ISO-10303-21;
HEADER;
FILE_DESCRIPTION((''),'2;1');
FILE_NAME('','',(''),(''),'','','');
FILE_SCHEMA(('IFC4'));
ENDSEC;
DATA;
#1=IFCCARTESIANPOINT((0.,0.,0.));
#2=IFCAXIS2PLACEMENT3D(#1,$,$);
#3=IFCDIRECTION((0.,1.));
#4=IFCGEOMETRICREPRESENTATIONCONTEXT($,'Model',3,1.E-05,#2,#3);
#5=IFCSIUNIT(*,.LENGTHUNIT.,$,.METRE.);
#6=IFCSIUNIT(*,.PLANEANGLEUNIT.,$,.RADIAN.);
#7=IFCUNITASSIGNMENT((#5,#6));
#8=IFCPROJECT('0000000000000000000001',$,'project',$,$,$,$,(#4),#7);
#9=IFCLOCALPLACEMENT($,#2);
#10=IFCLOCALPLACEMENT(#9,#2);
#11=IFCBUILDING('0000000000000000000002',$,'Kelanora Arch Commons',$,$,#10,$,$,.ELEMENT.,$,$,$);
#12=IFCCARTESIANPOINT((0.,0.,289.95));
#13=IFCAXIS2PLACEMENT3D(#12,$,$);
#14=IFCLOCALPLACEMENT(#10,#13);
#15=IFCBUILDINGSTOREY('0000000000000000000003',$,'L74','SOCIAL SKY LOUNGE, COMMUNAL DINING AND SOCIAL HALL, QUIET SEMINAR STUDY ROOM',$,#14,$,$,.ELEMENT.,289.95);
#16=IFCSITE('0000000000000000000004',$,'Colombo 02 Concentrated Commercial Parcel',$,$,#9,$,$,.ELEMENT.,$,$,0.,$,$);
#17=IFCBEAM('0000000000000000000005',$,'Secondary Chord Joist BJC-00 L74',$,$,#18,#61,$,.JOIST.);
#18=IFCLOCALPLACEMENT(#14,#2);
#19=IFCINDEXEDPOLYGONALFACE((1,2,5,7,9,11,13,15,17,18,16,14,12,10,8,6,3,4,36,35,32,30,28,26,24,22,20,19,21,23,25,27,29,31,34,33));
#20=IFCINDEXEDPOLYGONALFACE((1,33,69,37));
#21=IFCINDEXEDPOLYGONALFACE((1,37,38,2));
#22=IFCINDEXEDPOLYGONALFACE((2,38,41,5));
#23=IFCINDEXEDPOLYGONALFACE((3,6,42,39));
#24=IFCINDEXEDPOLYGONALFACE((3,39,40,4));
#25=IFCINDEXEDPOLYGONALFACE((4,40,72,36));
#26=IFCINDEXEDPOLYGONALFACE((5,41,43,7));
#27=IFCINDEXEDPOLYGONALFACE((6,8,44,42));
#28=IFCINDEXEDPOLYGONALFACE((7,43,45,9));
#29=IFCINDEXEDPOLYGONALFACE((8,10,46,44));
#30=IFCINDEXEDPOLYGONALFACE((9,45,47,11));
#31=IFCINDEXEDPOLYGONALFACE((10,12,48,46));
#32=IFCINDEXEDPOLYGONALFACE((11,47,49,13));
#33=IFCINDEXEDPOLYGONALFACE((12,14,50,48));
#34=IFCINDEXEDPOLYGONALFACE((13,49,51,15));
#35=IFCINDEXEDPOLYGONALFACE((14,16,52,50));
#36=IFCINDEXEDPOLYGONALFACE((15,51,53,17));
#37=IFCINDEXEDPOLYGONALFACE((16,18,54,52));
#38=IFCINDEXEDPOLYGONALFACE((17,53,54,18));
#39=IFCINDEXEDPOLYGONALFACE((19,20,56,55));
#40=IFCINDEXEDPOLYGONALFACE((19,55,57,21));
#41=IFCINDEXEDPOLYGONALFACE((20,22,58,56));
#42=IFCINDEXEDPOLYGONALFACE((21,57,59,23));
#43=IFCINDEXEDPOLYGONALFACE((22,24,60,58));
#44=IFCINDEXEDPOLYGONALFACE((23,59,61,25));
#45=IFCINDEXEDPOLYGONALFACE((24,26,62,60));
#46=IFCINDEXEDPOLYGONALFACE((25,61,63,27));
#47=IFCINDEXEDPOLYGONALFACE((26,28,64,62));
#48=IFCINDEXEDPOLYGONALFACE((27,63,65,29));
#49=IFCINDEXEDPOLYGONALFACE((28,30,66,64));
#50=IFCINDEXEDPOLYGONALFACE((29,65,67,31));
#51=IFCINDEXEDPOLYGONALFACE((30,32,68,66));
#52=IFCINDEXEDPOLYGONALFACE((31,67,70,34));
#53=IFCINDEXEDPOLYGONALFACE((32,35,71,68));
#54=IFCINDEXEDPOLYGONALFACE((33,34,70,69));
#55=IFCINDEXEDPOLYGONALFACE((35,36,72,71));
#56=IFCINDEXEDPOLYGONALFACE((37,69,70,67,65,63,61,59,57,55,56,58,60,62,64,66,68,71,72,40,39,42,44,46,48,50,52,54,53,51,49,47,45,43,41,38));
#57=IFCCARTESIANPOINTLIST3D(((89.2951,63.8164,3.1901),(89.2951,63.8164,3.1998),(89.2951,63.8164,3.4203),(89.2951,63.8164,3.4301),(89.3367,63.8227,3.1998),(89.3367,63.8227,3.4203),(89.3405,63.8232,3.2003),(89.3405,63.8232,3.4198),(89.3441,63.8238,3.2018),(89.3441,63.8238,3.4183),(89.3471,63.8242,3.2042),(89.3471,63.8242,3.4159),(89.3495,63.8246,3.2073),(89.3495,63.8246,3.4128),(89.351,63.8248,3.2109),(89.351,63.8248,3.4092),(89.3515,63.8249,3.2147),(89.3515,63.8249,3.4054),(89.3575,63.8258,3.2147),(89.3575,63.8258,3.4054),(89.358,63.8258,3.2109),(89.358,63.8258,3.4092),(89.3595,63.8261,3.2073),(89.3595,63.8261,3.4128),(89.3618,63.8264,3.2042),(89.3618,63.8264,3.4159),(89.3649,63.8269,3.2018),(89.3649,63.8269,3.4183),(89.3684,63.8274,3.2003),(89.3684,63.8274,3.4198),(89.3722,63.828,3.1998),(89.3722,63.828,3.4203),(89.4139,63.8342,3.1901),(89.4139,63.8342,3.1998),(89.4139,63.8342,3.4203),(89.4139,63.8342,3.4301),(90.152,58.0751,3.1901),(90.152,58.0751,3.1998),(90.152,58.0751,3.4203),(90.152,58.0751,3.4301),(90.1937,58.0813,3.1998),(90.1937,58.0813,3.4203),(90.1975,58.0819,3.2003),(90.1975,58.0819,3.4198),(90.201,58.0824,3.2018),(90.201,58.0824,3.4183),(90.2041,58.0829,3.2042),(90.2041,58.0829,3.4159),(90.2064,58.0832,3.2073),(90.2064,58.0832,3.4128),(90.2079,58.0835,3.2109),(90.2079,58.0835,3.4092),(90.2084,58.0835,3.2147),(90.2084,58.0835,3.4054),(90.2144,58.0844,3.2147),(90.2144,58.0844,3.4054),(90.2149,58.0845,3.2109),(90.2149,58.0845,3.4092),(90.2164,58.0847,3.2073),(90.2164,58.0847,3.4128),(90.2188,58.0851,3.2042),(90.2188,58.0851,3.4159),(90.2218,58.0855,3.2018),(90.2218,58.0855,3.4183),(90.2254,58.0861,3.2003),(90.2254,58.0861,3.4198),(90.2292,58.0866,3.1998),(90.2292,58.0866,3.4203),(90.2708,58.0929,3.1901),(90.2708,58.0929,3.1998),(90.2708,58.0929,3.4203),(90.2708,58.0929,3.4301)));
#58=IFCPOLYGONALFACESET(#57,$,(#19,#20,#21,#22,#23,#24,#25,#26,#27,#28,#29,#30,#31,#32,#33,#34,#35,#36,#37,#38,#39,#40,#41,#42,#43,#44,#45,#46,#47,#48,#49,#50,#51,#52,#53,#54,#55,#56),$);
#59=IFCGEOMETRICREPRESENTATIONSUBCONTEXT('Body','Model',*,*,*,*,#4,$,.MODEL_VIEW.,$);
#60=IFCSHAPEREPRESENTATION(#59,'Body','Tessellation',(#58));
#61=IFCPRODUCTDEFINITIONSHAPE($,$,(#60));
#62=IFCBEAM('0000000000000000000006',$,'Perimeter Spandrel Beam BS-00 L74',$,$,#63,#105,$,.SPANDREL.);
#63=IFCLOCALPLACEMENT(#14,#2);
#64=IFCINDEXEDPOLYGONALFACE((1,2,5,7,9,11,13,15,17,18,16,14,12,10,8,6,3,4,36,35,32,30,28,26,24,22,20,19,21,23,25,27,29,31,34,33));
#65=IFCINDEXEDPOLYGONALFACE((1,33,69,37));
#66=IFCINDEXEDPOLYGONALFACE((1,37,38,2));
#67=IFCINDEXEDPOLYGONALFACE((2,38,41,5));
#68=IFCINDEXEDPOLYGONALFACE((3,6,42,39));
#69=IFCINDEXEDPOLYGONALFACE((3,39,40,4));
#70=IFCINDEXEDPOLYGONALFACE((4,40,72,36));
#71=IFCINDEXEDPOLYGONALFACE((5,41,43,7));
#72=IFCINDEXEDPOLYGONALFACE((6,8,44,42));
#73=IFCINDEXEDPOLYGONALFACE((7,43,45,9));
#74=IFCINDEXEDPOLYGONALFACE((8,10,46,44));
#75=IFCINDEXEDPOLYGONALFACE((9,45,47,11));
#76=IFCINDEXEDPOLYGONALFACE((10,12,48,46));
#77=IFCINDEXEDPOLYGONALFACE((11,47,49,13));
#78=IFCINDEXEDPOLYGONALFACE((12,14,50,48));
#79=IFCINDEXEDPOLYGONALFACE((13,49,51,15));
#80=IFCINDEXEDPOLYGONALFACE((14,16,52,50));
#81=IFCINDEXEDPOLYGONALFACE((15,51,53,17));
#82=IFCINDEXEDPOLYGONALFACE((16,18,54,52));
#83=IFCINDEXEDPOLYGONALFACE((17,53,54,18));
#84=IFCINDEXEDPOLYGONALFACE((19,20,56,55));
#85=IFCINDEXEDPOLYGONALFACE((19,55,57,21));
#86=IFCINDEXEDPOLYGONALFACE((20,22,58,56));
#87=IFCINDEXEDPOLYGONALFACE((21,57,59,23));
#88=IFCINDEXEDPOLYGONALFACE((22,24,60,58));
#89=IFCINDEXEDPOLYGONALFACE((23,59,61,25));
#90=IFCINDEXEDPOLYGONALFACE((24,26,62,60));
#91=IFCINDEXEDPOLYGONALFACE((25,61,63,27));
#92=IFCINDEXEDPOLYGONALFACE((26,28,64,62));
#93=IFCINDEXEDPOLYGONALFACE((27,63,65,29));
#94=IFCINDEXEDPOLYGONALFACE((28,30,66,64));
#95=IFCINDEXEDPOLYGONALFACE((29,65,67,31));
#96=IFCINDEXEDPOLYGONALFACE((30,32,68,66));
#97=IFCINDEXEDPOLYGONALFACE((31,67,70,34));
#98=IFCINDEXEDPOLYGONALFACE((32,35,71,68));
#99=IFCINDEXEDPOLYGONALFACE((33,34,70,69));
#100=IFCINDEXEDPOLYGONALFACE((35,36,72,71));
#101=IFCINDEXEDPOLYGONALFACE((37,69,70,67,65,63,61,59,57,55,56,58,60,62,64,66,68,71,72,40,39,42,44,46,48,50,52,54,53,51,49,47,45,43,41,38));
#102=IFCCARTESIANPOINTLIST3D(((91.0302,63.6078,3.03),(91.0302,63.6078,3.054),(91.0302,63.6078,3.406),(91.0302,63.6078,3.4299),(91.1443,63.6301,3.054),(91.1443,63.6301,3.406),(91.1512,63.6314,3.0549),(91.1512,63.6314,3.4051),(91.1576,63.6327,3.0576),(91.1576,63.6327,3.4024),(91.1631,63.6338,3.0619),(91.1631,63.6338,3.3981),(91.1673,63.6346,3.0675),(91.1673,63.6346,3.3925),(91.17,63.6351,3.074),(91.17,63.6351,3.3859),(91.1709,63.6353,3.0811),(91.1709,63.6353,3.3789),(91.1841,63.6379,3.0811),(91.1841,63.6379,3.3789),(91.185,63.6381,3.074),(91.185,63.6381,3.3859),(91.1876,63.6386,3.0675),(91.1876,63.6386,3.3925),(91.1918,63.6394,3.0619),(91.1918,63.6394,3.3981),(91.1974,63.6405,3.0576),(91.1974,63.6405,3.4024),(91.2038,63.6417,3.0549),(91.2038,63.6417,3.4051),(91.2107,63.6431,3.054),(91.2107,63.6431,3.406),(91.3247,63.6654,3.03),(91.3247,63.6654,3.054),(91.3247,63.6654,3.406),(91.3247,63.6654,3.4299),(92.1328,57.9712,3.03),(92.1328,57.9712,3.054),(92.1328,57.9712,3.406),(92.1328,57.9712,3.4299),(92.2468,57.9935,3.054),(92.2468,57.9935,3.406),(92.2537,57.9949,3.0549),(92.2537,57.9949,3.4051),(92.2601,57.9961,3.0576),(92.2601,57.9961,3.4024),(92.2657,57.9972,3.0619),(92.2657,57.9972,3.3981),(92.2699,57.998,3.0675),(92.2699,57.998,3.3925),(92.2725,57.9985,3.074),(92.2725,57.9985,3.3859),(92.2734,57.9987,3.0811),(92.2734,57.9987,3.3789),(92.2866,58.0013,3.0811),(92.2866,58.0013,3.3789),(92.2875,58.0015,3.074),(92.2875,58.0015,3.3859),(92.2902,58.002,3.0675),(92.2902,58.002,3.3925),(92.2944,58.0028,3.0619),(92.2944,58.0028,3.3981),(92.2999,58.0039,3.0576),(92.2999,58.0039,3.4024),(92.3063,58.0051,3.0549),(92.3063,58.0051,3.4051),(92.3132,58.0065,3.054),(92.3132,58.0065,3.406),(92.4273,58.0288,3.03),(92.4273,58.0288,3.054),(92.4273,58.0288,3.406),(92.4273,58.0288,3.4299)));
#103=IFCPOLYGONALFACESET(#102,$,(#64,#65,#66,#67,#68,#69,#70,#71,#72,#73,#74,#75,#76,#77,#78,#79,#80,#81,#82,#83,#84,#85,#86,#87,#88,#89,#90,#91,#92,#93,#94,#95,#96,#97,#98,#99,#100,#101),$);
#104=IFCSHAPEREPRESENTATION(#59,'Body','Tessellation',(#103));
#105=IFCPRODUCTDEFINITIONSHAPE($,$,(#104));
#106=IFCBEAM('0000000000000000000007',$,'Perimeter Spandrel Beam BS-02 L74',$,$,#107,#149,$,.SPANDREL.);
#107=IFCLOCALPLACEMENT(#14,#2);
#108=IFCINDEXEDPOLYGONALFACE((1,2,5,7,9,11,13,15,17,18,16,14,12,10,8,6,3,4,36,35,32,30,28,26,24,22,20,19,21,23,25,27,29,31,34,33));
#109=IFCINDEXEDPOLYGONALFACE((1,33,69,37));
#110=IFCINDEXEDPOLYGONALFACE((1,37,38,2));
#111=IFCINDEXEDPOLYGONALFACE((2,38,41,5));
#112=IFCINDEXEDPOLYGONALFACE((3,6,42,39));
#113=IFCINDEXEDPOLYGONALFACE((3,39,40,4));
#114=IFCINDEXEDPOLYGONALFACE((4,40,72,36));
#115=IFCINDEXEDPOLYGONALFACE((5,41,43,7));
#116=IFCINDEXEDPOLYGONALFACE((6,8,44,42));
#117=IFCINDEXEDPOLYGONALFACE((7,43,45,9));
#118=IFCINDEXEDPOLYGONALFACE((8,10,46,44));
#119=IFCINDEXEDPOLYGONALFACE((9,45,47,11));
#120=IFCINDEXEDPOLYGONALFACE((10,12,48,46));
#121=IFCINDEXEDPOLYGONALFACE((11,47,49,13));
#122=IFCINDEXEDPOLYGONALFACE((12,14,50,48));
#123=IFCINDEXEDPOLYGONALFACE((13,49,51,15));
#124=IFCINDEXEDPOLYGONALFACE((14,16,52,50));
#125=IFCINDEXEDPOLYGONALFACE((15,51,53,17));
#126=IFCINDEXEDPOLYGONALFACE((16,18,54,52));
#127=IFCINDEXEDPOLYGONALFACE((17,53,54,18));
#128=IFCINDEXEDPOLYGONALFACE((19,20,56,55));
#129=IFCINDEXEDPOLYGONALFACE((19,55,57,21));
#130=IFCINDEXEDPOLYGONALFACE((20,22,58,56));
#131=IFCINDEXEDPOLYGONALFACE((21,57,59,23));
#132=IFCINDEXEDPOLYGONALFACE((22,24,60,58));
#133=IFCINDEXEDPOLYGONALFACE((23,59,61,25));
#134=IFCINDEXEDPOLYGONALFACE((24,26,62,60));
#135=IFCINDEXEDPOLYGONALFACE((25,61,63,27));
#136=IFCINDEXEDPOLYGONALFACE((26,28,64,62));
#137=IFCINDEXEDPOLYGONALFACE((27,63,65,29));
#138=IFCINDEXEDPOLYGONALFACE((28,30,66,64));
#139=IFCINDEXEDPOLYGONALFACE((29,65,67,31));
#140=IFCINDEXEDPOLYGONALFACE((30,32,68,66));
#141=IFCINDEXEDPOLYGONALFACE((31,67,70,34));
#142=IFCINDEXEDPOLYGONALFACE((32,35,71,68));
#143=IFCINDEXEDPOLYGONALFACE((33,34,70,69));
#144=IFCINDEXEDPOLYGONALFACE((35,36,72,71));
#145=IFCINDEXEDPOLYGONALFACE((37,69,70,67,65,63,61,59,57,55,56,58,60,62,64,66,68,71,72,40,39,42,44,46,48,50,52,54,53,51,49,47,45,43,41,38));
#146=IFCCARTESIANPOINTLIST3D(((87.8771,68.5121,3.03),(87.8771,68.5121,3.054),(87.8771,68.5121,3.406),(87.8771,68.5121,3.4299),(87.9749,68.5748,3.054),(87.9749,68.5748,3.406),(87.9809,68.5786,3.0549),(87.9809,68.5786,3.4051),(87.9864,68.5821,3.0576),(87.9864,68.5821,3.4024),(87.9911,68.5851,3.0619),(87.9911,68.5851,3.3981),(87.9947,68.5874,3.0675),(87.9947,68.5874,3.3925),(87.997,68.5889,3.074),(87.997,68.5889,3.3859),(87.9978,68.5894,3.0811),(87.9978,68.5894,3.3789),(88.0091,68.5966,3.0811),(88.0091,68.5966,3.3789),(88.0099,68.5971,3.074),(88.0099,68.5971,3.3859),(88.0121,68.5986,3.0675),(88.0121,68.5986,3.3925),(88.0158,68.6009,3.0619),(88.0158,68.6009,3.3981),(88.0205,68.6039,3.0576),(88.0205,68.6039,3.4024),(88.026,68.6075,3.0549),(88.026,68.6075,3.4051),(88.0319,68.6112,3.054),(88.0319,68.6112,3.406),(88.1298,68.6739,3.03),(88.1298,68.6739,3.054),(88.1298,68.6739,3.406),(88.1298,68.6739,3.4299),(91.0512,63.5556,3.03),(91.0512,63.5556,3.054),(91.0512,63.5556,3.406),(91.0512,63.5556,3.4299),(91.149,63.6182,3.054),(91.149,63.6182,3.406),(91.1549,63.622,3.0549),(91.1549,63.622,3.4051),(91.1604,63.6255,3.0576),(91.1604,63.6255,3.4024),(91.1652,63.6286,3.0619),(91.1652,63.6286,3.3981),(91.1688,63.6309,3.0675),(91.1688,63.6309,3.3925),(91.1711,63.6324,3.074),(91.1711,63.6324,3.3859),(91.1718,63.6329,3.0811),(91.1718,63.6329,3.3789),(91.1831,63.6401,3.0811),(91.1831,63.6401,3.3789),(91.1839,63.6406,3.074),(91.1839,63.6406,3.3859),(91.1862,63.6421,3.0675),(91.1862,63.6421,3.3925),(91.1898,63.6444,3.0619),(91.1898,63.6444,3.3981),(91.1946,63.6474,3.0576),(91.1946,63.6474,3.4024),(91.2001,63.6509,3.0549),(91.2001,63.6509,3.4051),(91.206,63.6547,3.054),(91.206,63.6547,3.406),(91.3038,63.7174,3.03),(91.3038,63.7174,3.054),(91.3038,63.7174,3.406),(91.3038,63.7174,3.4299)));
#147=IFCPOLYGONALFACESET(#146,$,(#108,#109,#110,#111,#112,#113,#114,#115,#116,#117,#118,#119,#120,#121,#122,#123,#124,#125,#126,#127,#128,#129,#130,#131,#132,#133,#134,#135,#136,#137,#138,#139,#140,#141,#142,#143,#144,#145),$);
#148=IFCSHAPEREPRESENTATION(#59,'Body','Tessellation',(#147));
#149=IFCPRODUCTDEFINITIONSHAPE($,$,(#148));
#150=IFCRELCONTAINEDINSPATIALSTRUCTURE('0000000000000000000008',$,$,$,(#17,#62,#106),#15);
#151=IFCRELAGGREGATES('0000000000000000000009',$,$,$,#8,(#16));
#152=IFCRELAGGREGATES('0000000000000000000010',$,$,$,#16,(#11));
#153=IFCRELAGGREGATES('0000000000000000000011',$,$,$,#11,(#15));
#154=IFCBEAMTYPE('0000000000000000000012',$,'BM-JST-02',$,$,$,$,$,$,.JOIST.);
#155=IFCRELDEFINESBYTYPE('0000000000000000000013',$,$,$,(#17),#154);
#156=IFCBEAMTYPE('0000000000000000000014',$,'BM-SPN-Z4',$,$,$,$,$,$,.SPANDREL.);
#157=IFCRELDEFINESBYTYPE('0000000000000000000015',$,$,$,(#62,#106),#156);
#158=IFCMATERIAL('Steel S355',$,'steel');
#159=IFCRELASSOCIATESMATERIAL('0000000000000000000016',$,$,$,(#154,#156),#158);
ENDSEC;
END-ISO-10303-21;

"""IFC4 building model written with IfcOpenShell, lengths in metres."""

from ifc_helpers import new_model, si_unit, direction, frame, origin, origin_2d, place, context, subcontext, project, spatial, i_section, extrude, material, material_profile, profile_set, type_object, element, save


model = new_model("IFC4")

# Units and contexts
model_context = context("Model", 3, precision=1e-05, world=origin(), true_north=direction((0.0, 1.0)))
body_context = subcontext(model_context, "Body", "Model", "MODEL_VIEW")
ifc_project = project(units=[si_unit("LENGTHUNIT", "METRE"), si_unit("PLANEANGLEUNIT", "RADIAN")], contexts=[model_context])

# Site, building, storey
site_placement = place(None, origin())
site = spatial("IfcSite", under=ifc_project, at=site_placement, Name="Colombo 02 Concentrated Commercial Parcel", CompositionType="ELEMENT", RefElevation=0.0)
building_placement = place(site_placement, origin())
building = spatial("IfcBuilding", under=site, at=building_placement, Name="Kelanora Arch Commons", CompositionType="ELEMENT")
storey_placement = place(building_placement, frame((0.0, 0.0, 289.95)))
storey = spatial("IfcBuildingStorey", under=building, at=storey_placement, Name="L74", Description="SOCIAL SKY LOUNGE, COMMUNAL DINING AND SOCIAL HALL, QUIET SEMINAR STUDY ROOM", CompositionType="ELEMENT", Elevation=289.95)

# Beams
ifc_material_1 = material(Name="Steel S355", Category="steel")
ifc_material_profile_1 = material_profile(ifc_material_1, i_section(OverallWidth=0.1201, OverallDepth=0.24, WebThickness=0.0061, FlangeThickness=0.0098, FilletRadius=0.0149, at=origin_2d()), Name="IPE240")
ifc_profile_set_1 = profile_set([ifc_material_profile_1], Name="Steel S355")
beam_type_1 = type_object("IfcBeamType", Name="BM-JST-02", PredefinedType="JOIST", material=ifc_profile_set_1)
beam_1_placement = place(storey_placement, frame((90.2114, 58.084, 3.3101), z_axis=(-0.147625, 0.989043, 0.0), x_axis=(-0.989043, -0.147625, 0.0)))
element("IfcBeam", 1, at=beam_1_placement, inside=storey, type_object=beam_type_1, Name="Secondary Chord Joist BJC-00 L74", PredefinedType="JOIST", context=body_context, shape_type="SweptSolid", body=[
    extrude(i_section(OverallWidth=0.1201, OverallDepth=0.24, WebThickness=0.0061, FlangeThickness=0.0098, FilletRadius=0.0149, at=origin_2d()), origin(), (0.0, 0.0, 1.0), 5.8049),
])
ifc_material_profile_2 = material_profile(ifc_material_1, i_section(OverallWidth=0.3, OverallDepth=0.3999, WebThickness=0.0134, FlangeThickness=0.0239, FilletRadius=0.0271, at=origin_2d()), Name="HEB400")
ifc_profile_set_2 = profile_set([ifc_material_profile_2], Name="Steel S355")
beam_type_2 = type_object("IfcBeamType", Name="BM-SPN-Z4", PredefinedType="SPANDREL", material=ifc_profile_set_2)
beam_2_placement = place(storey_placement, frame((92.28, 58.0, 3.23), z_axis=(-0.19197, 0.981401, 0.0), x_axis=(-0.981401, -0.19197, 0.0)))
element("IfcBeam", 2, at=beam_2_placement, inside=storey, type_object=beam_type_2, Name="Perimeter Spandrel Beam BS-00 L74", PredefinedType="SPANDREL", context=body_context, shape_type="SweptSolid", body=[
    extrude(i_section(OverallWidth=0.3, OverallDepth=0.3999, WebThickness=0.0134, FlangeThickness=0.0239, FilletRadius=0.0271, at=origin_2d()), origin(), (0.0, 0.0, 1.0), 5.7434),
])
beam_3_placement = place(storey_placement, frame((91.1775, 63.6365, 3.23), z_axis=(-0.539281, 0.842126, 0.0), x_axis=(-0.842126, -0.539281, 0.0)))
element("IfcBeam", 3, at=beam_3_placement, inside=storey, type_object=beam_type_2, Name="Perimeter Spandrel Beam BS-02 L74", PredefinedType="SPANDREL", context=body_context, shape_type="SweptSolid", body=[
    extrude(i_section(OverallWidth=0.3, OverallDepth=0.3999, WebThickness=0.0134, FlangeThickness=0.0239, FilletRadius=0.0271, at=origin_2d()), origin(), (0.0, 0.0, 1.0), 5.8857),
])

save(model, "model.ifc")
